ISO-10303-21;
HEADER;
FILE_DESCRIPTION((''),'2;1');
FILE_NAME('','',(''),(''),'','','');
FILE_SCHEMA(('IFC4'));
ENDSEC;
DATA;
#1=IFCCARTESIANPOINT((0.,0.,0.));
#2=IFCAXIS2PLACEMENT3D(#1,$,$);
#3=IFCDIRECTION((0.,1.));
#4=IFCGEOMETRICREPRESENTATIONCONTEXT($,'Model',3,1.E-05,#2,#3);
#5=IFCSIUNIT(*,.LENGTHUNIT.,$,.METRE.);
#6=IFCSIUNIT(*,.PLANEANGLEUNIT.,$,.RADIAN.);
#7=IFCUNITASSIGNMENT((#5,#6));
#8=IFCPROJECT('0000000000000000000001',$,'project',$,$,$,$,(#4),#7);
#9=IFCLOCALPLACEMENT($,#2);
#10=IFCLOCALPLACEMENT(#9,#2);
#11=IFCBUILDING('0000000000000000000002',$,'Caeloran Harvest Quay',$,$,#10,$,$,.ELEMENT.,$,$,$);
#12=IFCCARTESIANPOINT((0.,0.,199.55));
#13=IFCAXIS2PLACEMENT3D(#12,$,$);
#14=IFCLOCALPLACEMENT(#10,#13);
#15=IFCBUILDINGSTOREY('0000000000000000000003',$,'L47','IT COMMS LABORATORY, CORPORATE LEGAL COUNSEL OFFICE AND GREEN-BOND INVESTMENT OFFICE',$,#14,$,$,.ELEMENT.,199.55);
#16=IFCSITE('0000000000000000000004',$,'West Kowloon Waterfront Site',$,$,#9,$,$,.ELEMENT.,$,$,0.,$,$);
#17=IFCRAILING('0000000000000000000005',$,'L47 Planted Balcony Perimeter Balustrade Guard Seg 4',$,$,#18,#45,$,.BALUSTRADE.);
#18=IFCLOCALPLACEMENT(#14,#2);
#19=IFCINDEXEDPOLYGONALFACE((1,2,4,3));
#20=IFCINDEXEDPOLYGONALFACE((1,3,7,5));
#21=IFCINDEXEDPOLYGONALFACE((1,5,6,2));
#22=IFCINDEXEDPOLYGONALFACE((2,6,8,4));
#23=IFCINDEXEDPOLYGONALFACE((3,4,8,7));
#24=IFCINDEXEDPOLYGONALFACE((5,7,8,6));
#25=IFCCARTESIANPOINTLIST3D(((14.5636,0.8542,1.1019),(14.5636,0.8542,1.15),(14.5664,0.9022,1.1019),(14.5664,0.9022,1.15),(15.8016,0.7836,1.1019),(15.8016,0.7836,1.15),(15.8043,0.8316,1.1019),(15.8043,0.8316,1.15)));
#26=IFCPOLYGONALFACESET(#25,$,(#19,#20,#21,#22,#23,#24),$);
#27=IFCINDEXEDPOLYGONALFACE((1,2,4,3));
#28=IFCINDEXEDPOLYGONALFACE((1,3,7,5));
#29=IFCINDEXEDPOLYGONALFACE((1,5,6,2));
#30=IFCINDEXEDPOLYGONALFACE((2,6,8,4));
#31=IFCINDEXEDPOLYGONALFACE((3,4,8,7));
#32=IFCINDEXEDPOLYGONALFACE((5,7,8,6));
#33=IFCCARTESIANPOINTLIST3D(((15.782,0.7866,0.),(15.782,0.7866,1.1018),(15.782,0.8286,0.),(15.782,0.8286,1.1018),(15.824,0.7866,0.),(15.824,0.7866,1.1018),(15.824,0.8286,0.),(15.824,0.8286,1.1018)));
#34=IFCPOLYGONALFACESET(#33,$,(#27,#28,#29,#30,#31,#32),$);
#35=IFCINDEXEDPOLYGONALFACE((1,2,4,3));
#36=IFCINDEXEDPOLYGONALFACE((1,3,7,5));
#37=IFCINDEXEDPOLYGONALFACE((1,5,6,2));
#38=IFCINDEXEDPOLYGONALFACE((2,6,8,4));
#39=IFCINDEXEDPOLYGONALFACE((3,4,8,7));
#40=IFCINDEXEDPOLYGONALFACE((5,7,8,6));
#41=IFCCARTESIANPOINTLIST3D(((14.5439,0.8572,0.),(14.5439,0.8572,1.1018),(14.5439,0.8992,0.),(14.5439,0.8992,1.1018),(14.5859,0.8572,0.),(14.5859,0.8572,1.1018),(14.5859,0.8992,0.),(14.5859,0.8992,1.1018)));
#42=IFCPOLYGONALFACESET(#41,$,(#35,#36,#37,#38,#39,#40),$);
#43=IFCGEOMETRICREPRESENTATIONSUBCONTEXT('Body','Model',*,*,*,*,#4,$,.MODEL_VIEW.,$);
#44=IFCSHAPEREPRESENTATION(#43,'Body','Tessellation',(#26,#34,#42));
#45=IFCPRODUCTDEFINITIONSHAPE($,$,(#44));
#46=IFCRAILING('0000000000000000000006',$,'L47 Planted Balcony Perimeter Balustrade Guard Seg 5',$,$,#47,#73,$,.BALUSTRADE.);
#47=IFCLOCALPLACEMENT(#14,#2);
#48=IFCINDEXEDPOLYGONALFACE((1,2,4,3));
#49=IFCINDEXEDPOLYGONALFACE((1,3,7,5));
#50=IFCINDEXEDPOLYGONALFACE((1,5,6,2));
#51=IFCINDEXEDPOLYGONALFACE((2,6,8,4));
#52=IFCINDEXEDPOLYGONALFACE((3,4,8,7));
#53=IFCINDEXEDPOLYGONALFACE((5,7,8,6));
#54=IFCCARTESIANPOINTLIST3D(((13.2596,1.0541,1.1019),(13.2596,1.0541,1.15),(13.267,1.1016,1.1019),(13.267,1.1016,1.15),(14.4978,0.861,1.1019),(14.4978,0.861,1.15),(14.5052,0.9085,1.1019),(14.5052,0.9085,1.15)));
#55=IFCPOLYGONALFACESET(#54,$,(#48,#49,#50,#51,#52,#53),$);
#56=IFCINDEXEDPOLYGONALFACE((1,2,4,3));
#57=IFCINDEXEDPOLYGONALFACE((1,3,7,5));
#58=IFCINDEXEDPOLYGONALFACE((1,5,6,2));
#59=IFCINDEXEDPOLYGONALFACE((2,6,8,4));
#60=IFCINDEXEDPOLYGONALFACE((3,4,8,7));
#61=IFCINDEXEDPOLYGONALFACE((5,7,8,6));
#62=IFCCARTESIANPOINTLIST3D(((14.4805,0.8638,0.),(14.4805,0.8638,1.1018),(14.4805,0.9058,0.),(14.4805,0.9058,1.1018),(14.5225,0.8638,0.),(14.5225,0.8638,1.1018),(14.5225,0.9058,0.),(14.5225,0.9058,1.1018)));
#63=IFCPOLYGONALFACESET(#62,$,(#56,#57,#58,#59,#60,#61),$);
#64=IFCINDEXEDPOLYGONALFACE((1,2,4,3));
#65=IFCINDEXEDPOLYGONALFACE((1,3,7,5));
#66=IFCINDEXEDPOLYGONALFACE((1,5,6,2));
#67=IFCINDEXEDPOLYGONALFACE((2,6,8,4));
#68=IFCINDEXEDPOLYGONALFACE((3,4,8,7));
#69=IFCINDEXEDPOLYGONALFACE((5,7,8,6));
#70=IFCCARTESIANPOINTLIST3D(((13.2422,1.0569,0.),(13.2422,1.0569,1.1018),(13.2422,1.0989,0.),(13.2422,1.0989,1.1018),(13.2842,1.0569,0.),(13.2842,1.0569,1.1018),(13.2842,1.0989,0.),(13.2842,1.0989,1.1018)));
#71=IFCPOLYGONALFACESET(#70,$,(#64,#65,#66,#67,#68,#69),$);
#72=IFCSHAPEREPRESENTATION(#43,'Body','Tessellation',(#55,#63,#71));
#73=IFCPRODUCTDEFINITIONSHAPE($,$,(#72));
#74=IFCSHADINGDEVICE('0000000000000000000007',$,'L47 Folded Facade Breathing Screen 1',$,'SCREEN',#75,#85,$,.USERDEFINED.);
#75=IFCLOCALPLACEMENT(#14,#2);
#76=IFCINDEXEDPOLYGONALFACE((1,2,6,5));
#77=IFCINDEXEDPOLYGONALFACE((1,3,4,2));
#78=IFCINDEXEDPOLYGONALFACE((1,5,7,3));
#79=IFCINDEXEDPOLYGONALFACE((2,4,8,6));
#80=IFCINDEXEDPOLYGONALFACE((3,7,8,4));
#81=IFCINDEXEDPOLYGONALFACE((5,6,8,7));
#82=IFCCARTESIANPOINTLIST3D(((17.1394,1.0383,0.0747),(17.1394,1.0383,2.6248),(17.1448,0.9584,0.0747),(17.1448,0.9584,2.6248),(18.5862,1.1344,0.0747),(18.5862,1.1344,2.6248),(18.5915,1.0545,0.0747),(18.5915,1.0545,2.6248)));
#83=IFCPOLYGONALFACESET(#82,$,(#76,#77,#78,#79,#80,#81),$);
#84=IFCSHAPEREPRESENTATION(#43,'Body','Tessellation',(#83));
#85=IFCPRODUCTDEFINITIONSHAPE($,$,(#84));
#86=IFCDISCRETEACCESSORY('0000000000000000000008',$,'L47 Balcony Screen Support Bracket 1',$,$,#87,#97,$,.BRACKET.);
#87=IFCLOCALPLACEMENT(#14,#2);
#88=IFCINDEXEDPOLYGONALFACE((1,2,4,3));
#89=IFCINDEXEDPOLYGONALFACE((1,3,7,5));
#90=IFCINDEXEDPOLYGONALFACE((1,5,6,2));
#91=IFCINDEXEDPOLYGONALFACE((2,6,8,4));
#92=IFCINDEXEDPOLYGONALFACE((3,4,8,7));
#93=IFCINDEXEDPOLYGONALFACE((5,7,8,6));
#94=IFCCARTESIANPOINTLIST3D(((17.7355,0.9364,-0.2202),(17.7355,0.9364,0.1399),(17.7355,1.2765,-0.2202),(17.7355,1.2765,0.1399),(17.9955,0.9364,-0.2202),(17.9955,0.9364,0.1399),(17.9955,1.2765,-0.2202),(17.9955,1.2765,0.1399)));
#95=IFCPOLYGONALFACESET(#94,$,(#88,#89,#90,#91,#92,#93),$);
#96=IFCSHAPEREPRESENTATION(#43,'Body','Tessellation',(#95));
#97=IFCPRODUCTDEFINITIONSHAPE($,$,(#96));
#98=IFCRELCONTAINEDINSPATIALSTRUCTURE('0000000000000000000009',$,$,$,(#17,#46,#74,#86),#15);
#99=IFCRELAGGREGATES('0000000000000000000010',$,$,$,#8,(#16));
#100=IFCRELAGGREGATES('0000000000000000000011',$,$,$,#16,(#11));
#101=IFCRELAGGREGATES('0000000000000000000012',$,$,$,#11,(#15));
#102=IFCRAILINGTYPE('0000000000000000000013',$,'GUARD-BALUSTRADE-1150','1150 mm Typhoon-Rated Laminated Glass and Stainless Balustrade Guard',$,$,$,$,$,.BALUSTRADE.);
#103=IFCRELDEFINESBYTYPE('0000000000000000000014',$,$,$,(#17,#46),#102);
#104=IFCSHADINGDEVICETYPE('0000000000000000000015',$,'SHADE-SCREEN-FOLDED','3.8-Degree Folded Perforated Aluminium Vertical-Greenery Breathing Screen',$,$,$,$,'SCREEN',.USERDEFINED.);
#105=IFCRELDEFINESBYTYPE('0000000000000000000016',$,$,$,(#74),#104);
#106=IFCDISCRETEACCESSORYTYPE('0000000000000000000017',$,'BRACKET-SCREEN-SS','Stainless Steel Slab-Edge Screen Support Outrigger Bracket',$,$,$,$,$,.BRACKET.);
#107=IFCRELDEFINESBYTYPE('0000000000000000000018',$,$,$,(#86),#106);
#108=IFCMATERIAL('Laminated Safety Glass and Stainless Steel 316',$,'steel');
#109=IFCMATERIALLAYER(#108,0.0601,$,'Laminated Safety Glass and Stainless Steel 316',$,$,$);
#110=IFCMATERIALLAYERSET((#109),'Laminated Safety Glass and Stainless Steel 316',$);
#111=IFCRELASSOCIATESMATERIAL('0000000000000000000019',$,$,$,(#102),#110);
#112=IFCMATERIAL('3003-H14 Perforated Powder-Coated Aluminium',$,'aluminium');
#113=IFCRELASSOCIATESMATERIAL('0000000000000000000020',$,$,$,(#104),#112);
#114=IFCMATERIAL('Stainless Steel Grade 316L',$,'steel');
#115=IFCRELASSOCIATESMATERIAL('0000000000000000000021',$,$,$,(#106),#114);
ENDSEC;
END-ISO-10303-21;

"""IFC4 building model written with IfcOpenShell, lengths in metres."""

from ifc_helpers import new_model, si_unit, direction, frame, origin, origin_2d, place, context, subcontext, project, spatial, rectangle, extrude, material, layer, layer_set, type_object, element, save


model = new_model("IFC4")

# Units and contexts
model_context = context("Model", 3, precision=1e-05, world=origin(), true_north=direction((0.0, 1.0)))
body_context = subcontext(model_context, "Body", "Model", "MODEL_VIEW")
ifc_project = project(units=[si_unit("LENGTHUNIT", "METRE"), si_unit("PLANEANGLEUNIT", "RADIAN")], contexts=[model_context])

# Site, building, storey
site_placement = place(None, origin())
site = spatial("IfcSite", under=ifc_project, at=site_placement, Name="West Kowloon Waterfront Site", CompositionType="ELEMENT", RefElevation=0.0)
building_placement = place(site_placement, origin())
building = spatial("IfcBuilding", under=site, at=building_placement, Name="Caeloran Harvest Quay", CompositionType="ELEMENT")
storey_placement = place(building_placement, frame((0.0, 0.0, 199.55)))
storey = spatial("IfcBuildingStorey", under=building, at=storey_placement, Name="L47", Description="IT COMMS LABORATORY, CORPORATE LEGAL COUNSEL OFFICE AND GREEN-BOND INVESTMENT OFFICE", CompositionType="ELEMENT", Elevation=199.55)

# Railings
ifc_material_1 = material(Name="Laminated Safety Glass and Stainless Steel 316", Category="steel")
ifc_layer_1 = layer(ifc_material_1, 0.0601, Name="Laminated Safety Glass and Stainless Steel 316")
ifc_layer_set_1 = layer_set([ifc_layer_1], Name="Laminated Safety Glass and Stainless Steel 316")
railing_type = type_object("IfcRailingType", Name="GUARD-BALUSTRADE-1150", Description="1150 mm Typhoon-Rated Laminated Glass and Stainless Balustrade Guard", PredefinedType="BALUSTRADE", material=ifc_layer_set_1)
railing_1_placement = place(storey_placement, frame((15.803, 0.8076, 0.0)))
element("IfcRailing", 1, at=railing_1_placement, inside=storey, type_object=railing_type, Name="L47 Planted Balcony Perimeter Balustrade Guard Seg 4", PredefinedType="BALUSTRADE", context=body_context, shape_type="SweptSolid", body=[
    extrude(rectangle(XDim=0.0481, YDim=0.0481, at=origin_2d()), frame((0.0, 0.0, 1.126), z_axis=(-0.99838, 0.056898, 0.0), x_axis=(-0.056898, -0.99838, 0.0)), (0.0, 0.0, 1.0), 1.24),
    extrude(rectangle(XDim=0.042, YDim=0.042, at=origin_2d()), origin(), (0.0, 0.0, 1.0), 1.1018),
    extrude(rectangle(XDim=0.042, YDim=0.042, at=origin_2d()), frame((-1.238, 0.0706, 0.0)), (0.0, 0.0, 1.0), 1.1018),
])
railing_2_placement = place(storey_placement, frame((14.5015, 0.8848, 0.0)))
element("IfcRailing", 2, at=railing_2_placement, inside=storey, type_object=railing_type, Name="L47 Planted Balcony Perimeter Balustrade Guard Seg 5", PredefinedType="BALUSTRADE", context=body_context, shape_type="SweptSolid", body=[
    extrude(rectangle(XDim=0.0481, YDim=0.0481, at=origin_2d()), frame((0.0, 0.0, 1.126), z_axis=(-0.988057, 0.154092, 0.0), x_axis=(-0.154092, -0.988057, 0.0)), (0.0, 0.0, 1.0), 1.2532),
    extrude(rectangle(XDim=0.042, YDim=0.042, at=origin_2d()), origin(), (0.0, 0.0, 1.0), 1.1018),
    extrude(rectangle(XDim=0.042, YDim=0.042, at=origin_2d()), frame((-1.2383, 0.1931, 0.0)), (0.0, 0.0, 1.0), 1.1018),
])

# Shading device
ifc_material_2 = material(Name="3003-H14 Perforated Powder-Coated Aluminium", Category="aluminium")
shading_device_type = type_object("IfcShadingDeviceType", Name="SHADE-SCREEN-FOLDED", Description="3.8-Degree Folded Perforated Aluminium Vertical-Greenery Breathing Screen", ElementType="SCREEN", PredefinedType="USERDEFINED", material=ifc_material_2)
shading_device_placement = place(storey_placement, frame((17.8655, 1.0464, 0.0747), z_axis=(0.0, 0.0, 1.0), x_axis=(0.997801, 0.066274, 0.0)))
element("IfcShadingDevice", 3, at=shading_device_placement, inside=storey, type_object=shading_device_type, Name="L47 Folded Facade Breathing Screen 1", ObjectType="SCREEN", PredefinedType="USERDEFINED", context=body_context, shape_type="SweptSolid", body=[
    extrude(rectangle(XDim=1.45, YDim=0.0801, at=origin_2d()), origin(), (0.0, 0.0, 1.0), 2.55),
])

# Discrete accessory
ifc_material_3 = material(Name="Stainless Steel Grade 316L", Category="steel")
discrete_accessory_type = type_object("IfcDiscreteAccessoryType", Name="BRACKET-SCREEN-SS", Description="Stainless Steel Slab-Edge Screen Support Outrigger Bracket", PredefinedType="BRACKET", material=ifc_material_3)
discrete_accessory_placement = place(storey_placement, frame((17.8655, 1.1064, -0.2202), z_axis=(0.0, 0.0, 1.0), x_axis=(1.0, 0.0, 0.0)))
element("IfcDiscreteAccessory", 4, at=discrete_accessory_placement, inside=storey, type_object=discrete_accessory_type, Name="L47 Balcony Screen Support Bracket 1", PredefinedType="BRACKET", context=body_context, shape_type="SweptSolid", body=[
    extrude(rectangle(XDim=0.26, YDim=0.3401, at=origin_2d()), origin(), (0.0, 0.0, 1.0), 0.3601),
])

save(model, "model.ifc")
